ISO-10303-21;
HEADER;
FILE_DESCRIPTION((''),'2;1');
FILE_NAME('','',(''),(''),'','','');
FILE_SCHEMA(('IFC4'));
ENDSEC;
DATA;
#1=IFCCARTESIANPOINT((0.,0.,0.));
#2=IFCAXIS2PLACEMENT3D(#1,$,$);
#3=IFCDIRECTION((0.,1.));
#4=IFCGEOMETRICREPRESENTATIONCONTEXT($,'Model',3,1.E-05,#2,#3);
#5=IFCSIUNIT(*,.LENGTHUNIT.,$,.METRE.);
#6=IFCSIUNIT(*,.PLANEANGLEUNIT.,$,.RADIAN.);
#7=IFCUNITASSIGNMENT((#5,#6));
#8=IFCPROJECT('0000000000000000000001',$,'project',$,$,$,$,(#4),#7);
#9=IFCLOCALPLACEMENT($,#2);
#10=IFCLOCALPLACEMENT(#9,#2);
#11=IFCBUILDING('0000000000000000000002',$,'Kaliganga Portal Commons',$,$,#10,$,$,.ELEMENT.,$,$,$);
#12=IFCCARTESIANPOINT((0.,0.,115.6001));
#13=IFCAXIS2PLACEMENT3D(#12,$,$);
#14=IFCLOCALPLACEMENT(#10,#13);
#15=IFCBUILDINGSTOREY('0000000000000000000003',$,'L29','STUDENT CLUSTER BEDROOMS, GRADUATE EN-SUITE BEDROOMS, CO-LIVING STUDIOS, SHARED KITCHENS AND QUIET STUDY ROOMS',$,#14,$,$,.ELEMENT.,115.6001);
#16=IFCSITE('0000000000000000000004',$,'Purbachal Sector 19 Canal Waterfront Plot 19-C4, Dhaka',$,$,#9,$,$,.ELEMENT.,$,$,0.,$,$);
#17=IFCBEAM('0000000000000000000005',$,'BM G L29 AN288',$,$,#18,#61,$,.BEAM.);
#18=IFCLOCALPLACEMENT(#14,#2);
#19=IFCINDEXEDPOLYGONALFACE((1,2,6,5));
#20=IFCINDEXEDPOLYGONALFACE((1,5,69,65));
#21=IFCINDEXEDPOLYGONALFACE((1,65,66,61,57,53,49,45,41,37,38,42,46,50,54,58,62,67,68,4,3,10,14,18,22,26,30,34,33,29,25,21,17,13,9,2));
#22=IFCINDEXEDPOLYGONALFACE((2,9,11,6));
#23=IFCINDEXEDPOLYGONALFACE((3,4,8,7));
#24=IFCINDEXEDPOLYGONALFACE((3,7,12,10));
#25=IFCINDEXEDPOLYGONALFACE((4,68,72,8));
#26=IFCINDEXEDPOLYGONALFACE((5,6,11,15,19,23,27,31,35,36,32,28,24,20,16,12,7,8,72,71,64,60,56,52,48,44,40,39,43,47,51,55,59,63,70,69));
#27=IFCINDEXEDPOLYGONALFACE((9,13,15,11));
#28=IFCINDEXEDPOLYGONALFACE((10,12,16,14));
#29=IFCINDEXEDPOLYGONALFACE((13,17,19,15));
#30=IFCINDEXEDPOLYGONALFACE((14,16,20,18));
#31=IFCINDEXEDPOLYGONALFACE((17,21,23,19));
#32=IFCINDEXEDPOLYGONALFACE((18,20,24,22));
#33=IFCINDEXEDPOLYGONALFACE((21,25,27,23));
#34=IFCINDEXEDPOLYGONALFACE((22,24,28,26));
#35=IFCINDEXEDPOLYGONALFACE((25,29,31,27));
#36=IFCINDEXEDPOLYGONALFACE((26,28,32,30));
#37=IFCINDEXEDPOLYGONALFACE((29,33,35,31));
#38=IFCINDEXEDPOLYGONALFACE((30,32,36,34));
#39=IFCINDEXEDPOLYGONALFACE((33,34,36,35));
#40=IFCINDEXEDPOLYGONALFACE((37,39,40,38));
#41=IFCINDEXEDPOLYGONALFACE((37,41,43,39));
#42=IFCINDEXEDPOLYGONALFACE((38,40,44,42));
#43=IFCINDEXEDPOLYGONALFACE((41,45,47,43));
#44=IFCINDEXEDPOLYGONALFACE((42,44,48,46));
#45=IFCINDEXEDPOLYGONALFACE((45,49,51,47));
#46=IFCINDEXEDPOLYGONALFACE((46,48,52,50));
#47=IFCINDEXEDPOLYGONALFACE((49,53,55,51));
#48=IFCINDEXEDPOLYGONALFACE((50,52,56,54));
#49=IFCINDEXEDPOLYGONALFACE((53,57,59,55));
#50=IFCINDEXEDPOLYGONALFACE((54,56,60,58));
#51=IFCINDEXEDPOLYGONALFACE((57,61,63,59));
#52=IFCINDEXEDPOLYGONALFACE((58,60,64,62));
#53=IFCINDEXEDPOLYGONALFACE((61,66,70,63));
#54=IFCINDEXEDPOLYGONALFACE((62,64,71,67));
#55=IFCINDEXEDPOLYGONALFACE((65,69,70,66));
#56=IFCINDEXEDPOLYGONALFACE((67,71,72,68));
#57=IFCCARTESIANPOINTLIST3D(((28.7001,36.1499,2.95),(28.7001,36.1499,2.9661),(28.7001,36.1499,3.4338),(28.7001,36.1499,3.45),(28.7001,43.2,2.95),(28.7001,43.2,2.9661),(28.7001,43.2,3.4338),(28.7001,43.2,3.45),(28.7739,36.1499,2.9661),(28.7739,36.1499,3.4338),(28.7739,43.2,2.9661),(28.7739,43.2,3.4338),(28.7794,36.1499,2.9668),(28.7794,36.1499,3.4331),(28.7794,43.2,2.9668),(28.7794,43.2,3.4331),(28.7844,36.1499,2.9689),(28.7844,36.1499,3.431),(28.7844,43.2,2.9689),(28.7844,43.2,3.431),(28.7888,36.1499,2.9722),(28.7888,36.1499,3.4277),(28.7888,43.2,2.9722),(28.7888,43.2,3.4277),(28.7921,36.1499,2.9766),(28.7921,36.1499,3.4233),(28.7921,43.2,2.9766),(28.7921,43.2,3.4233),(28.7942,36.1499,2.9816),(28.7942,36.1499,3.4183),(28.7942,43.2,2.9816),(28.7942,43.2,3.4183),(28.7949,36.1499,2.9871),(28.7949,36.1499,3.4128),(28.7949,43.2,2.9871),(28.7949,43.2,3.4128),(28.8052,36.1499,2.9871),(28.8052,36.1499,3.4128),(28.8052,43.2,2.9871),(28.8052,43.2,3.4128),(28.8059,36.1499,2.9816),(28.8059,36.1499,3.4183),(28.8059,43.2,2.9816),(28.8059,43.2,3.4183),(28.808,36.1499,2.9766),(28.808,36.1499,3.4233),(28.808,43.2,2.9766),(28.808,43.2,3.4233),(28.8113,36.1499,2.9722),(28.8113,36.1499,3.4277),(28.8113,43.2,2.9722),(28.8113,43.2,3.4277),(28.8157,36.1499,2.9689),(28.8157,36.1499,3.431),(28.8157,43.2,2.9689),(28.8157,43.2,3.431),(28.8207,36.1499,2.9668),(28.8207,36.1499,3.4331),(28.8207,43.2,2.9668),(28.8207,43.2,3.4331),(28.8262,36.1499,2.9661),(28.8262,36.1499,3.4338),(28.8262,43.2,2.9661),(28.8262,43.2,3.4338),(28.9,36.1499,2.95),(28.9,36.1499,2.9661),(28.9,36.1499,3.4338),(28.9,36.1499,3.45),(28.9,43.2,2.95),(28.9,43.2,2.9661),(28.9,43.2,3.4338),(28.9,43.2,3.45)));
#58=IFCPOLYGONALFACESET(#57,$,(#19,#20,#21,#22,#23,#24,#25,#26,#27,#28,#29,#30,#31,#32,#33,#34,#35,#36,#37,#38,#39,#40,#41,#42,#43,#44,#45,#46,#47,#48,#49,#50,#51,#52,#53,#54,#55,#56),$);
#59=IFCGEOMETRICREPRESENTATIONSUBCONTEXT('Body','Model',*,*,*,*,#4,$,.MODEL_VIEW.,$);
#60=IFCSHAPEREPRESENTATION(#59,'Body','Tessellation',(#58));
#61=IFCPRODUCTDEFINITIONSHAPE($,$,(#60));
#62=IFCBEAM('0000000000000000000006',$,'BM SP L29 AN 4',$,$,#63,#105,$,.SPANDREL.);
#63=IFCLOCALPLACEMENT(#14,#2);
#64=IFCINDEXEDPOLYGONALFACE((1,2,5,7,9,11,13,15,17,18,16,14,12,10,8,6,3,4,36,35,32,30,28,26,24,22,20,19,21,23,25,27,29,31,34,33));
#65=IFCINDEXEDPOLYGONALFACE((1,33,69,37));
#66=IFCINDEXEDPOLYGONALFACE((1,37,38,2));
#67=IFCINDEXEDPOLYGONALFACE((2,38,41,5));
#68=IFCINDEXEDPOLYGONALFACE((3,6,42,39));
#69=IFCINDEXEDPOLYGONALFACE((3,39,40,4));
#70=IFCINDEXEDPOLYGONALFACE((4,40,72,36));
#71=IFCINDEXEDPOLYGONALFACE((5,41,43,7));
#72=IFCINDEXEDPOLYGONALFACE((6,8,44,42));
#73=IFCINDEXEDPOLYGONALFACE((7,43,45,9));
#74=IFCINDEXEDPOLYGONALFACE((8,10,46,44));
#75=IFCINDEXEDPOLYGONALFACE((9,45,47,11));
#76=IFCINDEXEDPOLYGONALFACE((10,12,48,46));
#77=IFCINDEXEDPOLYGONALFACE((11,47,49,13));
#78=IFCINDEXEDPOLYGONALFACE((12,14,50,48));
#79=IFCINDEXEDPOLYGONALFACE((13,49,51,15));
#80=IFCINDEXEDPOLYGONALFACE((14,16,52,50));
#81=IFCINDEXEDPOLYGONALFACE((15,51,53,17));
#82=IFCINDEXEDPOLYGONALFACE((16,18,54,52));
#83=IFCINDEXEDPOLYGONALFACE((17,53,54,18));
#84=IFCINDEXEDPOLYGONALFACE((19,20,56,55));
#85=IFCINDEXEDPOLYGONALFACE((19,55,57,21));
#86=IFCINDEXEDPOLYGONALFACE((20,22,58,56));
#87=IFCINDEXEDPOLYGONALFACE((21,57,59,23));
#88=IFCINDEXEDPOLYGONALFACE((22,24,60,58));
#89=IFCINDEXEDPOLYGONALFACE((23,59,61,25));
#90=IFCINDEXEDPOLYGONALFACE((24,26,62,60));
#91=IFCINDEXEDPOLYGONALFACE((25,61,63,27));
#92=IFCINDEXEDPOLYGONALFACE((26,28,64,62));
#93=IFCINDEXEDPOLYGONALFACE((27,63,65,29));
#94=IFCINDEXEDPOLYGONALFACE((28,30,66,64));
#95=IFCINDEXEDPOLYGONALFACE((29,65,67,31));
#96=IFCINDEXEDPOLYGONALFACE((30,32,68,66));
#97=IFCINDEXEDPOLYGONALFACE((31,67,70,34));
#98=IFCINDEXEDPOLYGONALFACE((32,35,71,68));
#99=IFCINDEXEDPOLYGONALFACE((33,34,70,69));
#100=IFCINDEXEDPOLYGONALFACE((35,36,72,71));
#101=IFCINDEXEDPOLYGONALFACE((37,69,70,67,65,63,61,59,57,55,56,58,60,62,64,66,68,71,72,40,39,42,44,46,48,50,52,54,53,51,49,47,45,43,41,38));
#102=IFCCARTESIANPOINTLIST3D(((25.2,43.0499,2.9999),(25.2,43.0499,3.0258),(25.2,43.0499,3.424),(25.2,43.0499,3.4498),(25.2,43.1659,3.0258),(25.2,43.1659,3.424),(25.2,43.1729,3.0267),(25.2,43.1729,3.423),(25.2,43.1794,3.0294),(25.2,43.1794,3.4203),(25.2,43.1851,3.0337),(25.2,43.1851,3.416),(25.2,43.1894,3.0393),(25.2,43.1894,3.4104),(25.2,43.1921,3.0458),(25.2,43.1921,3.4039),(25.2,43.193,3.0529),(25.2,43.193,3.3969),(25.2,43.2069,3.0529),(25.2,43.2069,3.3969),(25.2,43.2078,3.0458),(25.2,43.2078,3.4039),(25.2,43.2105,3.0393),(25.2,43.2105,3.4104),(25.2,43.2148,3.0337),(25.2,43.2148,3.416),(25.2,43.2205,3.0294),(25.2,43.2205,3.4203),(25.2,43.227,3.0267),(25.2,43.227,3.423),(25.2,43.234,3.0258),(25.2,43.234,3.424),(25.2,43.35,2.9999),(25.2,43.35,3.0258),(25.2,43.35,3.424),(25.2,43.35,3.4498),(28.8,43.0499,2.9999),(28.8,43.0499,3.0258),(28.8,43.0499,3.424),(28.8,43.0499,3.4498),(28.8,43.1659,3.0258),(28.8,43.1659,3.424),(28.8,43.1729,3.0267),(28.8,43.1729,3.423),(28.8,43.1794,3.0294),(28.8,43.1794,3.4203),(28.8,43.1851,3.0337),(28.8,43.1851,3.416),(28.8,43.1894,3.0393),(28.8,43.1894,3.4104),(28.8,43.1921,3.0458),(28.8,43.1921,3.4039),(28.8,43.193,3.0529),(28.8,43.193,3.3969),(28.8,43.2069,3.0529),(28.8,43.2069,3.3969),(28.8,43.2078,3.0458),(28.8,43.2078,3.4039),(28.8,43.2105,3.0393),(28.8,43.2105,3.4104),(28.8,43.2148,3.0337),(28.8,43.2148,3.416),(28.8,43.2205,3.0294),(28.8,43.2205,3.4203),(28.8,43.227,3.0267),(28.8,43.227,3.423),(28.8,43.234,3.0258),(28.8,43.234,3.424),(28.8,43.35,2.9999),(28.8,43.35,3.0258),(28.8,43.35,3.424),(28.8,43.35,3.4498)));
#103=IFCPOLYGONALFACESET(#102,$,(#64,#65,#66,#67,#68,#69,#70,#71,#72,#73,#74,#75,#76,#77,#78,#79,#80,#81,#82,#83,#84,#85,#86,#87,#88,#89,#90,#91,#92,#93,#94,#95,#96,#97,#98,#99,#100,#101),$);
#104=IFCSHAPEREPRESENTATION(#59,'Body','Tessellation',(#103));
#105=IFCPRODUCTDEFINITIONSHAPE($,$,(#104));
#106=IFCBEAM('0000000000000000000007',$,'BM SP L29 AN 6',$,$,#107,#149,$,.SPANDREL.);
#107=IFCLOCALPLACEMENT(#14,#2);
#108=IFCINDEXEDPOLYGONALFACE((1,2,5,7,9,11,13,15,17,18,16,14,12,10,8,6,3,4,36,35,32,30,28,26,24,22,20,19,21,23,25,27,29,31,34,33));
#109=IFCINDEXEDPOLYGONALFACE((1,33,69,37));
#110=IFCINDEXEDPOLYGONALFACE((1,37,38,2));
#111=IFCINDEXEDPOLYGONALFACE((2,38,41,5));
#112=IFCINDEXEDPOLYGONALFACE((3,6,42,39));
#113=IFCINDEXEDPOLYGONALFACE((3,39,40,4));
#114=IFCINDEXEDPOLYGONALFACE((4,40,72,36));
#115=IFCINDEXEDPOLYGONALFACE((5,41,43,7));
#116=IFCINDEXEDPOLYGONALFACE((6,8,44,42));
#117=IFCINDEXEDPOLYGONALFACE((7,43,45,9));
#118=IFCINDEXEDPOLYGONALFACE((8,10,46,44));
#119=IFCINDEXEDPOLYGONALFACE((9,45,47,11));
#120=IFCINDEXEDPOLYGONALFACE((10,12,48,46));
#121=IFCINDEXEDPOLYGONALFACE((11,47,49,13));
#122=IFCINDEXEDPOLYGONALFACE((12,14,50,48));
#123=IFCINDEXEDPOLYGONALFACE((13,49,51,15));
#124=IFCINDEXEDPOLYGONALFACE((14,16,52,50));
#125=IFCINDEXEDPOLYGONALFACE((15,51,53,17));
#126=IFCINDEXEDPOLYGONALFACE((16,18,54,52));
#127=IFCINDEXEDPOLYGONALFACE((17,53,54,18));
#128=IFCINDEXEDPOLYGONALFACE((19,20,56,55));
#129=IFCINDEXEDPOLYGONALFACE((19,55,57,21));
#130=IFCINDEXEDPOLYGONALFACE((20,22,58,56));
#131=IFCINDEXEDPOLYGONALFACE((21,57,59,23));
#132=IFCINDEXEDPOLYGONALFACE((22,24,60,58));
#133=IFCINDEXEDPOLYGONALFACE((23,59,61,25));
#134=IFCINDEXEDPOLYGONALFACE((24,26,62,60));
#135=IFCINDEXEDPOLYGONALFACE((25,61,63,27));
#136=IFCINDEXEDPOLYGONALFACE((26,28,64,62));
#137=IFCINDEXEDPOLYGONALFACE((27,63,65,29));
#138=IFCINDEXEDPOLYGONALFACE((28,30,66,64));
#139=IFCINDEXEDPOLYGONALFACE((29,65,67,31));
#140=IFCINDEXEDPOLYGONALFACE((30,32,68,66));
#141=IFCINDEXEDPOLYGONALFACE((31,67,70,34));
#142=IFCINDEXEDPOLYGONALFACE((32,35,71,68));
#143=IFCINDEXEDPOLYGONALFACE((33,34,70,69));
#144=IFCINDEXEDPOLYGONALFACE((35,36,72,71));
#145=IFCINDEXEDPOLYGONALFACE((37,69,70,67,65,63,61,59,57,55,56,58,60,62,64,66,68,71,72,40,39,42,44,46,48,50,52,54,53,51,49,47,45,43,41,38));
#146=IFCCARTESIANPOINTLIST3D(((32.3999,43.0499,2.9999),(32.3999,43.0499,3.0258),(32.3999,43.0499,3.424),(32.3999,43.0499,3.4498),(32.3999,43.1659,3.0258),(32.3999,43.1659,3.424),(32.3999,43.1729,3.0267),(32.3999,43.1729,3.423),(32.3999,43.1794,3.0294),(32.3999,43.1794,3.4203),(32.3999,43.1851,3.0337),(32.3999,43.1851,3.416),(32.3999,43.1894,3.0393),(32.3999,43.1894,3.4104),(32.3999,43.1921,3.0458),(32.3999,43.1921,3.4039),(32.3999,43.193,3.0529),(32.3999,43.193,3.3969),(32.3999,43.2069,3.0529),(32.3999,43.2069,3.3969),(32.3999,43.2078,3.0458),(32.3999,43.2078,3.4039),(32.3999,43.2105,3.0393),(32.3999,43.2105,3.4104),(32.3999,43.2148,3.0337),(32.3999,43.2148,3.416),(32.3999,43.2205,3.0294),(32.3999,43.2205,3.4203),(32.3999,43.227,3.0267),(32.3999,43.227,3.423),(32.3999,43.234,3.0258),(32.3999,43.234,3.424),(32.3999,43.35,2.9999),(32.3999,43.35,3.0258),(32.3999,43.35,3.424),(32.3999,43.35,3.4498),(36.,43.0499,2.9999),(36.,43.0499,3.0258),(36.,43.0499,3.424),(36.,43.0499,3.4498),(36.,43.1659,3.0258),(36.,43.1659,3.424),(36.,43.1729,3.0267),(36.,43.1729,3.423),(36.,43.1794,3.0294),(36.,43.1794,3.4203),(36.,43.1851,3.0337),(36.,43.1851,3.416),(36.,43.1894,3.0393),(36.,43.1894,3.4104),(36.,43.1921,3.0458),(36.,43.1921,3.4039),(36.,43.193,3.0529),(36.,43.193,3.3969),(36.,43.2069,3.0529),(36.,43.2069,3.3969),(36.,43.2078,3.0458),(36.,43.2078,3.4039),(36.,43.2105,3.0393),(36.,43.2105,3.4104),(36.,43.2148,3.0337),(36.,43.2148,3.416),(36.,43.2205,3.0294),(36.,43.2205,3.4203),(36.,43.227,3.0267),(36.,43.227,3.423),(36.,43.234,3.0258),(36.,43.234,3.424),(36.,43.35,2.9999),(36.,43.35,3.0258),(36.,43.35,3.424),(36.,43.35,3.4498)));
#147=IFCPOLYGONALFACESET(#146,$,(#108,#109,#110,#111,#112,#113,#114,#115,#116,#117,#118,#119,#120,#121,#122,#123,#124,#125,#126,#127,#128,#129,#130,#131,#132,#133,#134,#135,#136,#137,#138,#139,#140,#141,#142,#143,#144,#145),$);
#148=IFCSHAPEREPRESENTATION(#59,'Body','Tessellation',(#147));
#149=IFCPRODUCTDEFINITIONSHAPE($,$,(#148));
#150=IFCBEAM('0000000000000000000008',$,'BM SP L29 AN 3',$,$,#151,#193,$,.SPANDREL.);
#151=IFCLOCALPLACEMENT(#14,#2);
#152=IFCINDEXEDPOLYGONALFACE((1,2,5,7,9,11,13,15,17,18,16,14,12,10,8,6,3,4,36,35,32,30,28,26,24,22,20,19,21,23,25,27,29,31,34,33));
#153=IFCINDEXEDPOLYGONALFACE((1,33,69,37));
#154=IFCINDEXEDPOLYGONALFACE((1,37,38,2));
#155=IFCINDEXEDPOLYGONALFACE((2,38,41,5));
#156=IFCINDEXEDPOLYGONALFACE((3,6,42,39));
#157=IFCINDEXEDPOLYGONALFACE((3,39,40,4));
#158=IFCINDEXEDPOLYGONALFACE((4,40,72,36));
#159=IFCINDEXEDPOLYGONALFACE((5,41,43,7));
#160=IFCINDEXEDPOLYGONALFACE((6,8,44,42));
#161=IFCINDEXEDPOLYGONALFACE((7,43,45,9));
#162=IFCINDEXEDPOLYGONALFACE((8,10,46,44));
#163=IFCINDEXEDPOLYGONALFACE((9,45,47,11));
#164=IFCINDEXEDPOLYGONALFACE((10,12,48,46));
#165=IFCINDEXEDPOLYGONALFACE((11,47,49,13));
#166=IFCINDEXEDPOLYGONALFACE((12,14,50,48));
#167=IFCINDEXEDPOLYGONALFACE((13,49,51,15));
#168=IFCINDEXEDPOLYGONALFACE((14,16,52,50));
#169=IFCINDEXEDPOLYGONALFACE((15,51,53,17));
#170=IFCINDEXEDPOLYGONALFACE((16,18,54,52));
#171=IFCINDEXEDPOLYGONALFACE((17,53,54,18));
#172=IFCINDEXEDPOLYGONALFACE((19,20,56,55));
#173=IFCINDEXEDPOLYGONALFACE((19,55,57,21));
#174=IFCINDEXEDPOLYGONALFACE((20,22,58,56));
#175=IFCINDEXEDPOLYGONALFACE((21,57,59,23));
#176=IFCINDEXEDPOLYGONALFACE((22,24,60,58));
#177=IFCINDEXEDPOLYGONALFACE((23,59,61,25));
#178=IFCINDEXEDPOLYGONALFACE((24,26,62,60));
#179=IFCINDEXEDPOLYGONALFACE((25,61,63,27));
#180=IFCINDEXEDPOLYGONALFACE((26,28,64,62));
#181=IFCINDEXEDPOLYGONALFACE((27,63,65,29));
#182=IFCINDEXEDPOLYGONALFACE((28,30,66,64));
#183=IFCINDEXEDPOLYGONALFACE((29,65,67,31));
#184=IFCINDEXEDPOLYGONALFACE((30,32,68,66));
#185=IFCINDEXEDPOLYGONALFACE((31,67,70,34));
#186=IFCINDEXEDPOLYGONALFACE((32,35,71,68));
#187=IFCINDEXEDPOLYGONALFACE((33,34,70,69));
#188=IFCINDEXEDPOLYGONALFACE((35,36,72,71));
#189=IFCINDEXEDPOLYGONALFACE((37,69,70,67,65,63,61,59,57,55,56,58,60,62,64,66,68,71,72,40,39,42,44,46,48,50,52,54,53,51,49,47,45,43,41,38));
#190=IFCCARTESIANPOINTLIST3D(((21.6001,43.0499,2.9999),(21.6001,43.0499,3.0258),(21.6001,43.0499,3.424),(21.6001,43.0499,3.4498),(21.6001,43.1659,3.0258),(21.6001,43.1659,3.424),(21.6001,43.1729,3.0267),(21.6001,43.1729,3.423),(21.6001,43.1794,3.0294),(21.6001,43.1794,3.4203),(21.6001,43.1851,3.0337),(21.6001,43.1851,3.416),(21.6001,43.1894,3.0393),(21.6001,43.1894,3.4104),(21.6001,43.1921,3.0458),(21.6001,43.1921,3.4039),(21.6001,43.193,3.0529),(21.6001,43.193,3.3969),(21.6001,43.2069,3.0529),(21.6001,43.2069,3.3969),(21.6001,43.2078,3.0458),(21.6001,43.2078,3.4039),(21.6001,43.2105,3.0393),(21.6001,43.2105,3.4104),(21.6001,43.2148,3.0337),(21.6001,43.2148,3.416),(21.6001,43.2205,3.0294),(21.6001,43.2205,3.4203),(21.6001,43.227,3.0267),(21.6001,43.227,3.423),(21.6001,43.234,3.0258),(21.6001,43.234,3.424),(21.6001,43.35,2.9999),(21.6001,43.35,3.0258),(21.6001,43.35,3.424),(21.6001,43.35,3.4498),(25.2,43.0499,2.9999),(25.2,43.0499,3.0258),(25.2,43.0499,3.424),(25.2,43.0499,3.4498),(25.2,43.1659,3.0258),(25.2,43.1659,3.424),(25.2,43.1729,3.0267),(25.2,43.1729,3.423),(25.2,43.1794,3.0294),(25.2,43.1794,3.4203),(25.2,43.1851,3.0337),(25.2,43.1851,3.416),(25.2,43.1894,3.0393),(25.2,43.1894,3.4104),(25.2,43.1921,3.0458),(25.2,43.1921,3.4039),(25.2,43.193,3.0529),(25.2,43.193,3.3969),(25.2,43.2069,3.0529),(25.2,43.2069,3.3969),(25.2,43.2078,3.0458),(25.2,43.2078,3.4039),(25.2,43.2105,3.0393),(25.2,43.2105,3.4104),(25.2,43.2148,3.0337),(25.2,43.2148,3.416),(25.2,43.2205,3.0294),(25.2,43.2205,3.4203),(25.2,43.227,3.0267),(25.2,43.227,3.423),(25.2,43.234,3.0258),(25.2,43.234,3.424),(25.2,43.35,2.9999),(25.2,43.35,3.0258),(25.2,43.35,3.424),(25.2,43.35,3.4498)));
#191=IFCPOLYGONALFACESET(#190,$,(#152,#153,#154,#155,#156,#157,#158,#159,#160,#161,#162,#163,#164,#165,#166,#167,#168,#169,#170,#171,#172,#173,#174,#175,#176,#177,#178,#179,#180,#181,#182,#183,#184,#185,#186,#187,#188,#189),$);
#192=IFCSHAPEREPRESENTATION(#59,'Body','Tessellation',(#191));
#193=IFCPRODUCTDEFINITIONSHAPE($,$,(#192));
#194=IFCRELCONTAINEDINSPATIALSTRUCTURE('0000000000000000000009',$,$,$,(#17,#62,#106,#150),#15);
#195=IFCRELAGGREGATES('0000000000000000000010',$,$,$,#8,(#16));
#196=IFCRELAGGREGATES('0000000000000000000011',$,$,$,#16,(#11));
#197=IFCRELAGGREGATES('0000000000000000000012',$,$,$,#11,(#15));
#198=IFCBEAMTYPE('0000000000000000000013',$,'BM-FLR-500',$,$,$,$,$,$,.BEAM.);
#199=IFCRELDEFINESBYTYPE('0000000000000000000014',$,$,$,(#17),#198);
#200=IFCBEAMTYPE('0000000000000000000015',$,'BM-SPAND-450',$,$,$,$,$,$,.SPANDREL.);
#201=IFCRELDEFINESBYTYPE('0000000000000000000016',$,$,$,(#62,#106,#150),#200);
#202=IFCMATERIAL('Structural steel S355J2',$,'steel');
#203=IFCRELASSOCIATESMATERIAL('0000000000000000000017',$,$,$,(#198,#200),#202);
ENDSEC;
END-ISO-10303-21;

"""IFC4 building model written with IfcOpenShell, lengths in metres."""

from ifc_helpers import new_model, si_unit, direction, frame, origin, origin_2d, place, context, subcontext, project, spatial, i_section, extrude, source, transform, mapped, material, material_profile, profile_set, type_object, element, save


model = new_model("IFC4")

# Units and contexts
model_context = context("Model", 3, precision=1e-05, world=origin(), true_north=direction((0.0, 1.0)))
body_context = subcontext(model_context, "Body", "Model", "MODEL_VIEW")
ifc_project = project(units=[si_unit("LENGTHUNIT", "METRE"), si_unit("PLANEANGLEUNIT", "RADIAN")], contexts=[model_context])

# Site, building, storey
site_placement = place(None, origin())
site = spatial("IfcSite", under=ifc_project, at=site_placement, Name="Purbachal Sector 19 Canal Waterfront Plot 19-C4, Dhaka", CompositionType="ELEMENT", RefElevation=0.0)
building_placement = place(site_placement, origin())
building = spatial("IfcBuilding", under=site, at=building_placement, Name="Kaliganga Portal Commons", CompositionType="ELEMENT")
storey_placement = place(building_placement, frame((0.0, 0.0, 115.6001)))
storey = spatial("IfcBuildingStorey", under=building, at=storey_placement, Name="L29", Description="STUDENT CLUSTER BEDROOMS, GRADUATE EN-SUITE BEDROOMS, CO-LIVING STUDIOS, SHARED KITCHENS AND QUIET STUDY ROOMS", CompositionType="ELEMENT", Elevation=115.6001)

# Beams
ifc_material_1 = material(Name="Structural steel S355J2", Category="steel")
ifc_material_profile_1 = material_profile(ifc_material_1, i_section(OverallWidth=0.2, OverallDepth=0.5, WebThickness=0.0103, FlangeThickness=0.0161, FilletRadius=0.021, at=origin_2d()), Name="IPE 500")
ifc_profile_set_1 = profile_set([ifc_material_profile_1], Name="Structural steel S355J2 wide-flange")
beam_type_1 = type_object("IfcBeamType", Name="BM-FLR-500", PredefinedType="BEAM", material=ifc_profile_set_1)
shared_shape_1 = source(origin(), body_context, "Body", "SweptSolid", [
    extrude(i_section(OverallWidth=0.2, OverallDepth=0.5, WebThickness=0.0103, FlangeThickness=0.0161, FilletRadius=0.021, at=origin_2d()), origin(), (0.0, 0.0, 1.0), 7.05),
])
beam_1_placement = place(storey_placement, frame((28.8, 36.1499, 3.2), z_axis=(0.0, 1.0, 0.0), x_axis=(-1.0, 0.0, 0.0)))
element("IfcBeam", 1, at=beam_1_placement, inside=storey, type_object=beam_type_1, Name="BM G L29 AN288", PredefinedType="BEAM", context=body_context, shape_type="MappedRepresentation", body=[
    mapped(shared_shape_1, transform((0.0, 0.0, 0.0), x_axis=(1.0, 0.0, 0.0), y_axis=(0.0, 1.0, 0.0), z_axis=(0.0, 0.0, 1.0), scale=1.0)),
])
ifc_material_profile_2 = material_profile(ifc_material_1, i_section(OverallWidth=0.3, OverallDepth=0.45, WebThickness=0.0139, FlangeThickness=0.0259, FilletRadius=0.0271, at=origin_2d()), Name="HE 450 B")
ifc_profile_set_2 = profile_set([ifc_material_profile_2], Name="Structural steel S355J2 wide-flange")
beam_type_2 = type_object("IfcBeamType", Name="BM-SPAND-450", PredefinedType="SPANDREL", material=ifc_profile_set_2)
shared_shape_2 = source(origin(), body_context, "Body", "SweptSolid", [
    extrude(i_section(OverallWidth=0.3, OverallDepth=0.45, WebThickness=0.0139, FlangeThickness=0.0259, FilletRadius=0.0271, at=origin_2d()), origin(), (0.0, 0.0, 1.0), 3.6001),
])
for number, where, z_axis, x_axis, name in (
    (2, (25.2, 43.2, 3.2249), (1.0, 0.0, 0.0), (0.0, 1.0, 0.0), "BM SP L29 AN 4"),
    (3, (32.3999, 43.2, 3.2249), (1.0, 0.0, 0.0), (0.0, 1.0, 0.0), "BM SP L29 AN 6"),
):
    element("IfcBeam", number, at=place(storey_placement, frame(where, z_axis=z_axis, x_axis=x_axis)), inside=storey, type_object=beam_type_2, Name=name, PredefinedType="SPANDREL", context=body_context, shape_type="MappedRepresentation", body=[
        mapped(shared_shape_2, transform((0.0, 0.0, 0.0), x_axis=(1.0, 0.0, 0.0), y_axis=(0.0, 1.0, 0.0), z_axis=(0.0, 0.0, 1.0), scale=1.0)),
    ])
shared_shape_3 = source(origin(), body_context, "Body", "SweptSolid", [
    extrude(i_section(OverallWidth=0.3, OverallDepth=0.45, WebThickness=0.0139, FlangeThickness=0.0259, FilletRadius=0.0271, at=origin_2d()), origin(), (0.0, 0.0, 1.0), 3.5999),
])
for number, where, z_axis, x_axis, name in (
    (4, (21.6001, 43.2, 3.2249), (1.0, 0.0, 0.0), (0.0, 1.0, 0.0), "BM SP L29 AN 3"),
):
    element("IfcBeam", number, at=place(storey_placement, frame(where, z_axis=z_axis, x_axis=x_axis)), inside=storey, type_object=beam_type_2, Name=name, PredefinedType="SPANDREL", context=body_context, shape_type="MappedRepresentation", body=[
        mapped(shared_shape_3, transform((0.0, 0.0, 0.0), x_axis=(1.0, 0.0, 0.0), y_axis=(0.0, 1.0, 0.0), z_axis=(0.0, 0.0, 1.0), scale=1.0)),
    ])

save(model, "model.ifc")
